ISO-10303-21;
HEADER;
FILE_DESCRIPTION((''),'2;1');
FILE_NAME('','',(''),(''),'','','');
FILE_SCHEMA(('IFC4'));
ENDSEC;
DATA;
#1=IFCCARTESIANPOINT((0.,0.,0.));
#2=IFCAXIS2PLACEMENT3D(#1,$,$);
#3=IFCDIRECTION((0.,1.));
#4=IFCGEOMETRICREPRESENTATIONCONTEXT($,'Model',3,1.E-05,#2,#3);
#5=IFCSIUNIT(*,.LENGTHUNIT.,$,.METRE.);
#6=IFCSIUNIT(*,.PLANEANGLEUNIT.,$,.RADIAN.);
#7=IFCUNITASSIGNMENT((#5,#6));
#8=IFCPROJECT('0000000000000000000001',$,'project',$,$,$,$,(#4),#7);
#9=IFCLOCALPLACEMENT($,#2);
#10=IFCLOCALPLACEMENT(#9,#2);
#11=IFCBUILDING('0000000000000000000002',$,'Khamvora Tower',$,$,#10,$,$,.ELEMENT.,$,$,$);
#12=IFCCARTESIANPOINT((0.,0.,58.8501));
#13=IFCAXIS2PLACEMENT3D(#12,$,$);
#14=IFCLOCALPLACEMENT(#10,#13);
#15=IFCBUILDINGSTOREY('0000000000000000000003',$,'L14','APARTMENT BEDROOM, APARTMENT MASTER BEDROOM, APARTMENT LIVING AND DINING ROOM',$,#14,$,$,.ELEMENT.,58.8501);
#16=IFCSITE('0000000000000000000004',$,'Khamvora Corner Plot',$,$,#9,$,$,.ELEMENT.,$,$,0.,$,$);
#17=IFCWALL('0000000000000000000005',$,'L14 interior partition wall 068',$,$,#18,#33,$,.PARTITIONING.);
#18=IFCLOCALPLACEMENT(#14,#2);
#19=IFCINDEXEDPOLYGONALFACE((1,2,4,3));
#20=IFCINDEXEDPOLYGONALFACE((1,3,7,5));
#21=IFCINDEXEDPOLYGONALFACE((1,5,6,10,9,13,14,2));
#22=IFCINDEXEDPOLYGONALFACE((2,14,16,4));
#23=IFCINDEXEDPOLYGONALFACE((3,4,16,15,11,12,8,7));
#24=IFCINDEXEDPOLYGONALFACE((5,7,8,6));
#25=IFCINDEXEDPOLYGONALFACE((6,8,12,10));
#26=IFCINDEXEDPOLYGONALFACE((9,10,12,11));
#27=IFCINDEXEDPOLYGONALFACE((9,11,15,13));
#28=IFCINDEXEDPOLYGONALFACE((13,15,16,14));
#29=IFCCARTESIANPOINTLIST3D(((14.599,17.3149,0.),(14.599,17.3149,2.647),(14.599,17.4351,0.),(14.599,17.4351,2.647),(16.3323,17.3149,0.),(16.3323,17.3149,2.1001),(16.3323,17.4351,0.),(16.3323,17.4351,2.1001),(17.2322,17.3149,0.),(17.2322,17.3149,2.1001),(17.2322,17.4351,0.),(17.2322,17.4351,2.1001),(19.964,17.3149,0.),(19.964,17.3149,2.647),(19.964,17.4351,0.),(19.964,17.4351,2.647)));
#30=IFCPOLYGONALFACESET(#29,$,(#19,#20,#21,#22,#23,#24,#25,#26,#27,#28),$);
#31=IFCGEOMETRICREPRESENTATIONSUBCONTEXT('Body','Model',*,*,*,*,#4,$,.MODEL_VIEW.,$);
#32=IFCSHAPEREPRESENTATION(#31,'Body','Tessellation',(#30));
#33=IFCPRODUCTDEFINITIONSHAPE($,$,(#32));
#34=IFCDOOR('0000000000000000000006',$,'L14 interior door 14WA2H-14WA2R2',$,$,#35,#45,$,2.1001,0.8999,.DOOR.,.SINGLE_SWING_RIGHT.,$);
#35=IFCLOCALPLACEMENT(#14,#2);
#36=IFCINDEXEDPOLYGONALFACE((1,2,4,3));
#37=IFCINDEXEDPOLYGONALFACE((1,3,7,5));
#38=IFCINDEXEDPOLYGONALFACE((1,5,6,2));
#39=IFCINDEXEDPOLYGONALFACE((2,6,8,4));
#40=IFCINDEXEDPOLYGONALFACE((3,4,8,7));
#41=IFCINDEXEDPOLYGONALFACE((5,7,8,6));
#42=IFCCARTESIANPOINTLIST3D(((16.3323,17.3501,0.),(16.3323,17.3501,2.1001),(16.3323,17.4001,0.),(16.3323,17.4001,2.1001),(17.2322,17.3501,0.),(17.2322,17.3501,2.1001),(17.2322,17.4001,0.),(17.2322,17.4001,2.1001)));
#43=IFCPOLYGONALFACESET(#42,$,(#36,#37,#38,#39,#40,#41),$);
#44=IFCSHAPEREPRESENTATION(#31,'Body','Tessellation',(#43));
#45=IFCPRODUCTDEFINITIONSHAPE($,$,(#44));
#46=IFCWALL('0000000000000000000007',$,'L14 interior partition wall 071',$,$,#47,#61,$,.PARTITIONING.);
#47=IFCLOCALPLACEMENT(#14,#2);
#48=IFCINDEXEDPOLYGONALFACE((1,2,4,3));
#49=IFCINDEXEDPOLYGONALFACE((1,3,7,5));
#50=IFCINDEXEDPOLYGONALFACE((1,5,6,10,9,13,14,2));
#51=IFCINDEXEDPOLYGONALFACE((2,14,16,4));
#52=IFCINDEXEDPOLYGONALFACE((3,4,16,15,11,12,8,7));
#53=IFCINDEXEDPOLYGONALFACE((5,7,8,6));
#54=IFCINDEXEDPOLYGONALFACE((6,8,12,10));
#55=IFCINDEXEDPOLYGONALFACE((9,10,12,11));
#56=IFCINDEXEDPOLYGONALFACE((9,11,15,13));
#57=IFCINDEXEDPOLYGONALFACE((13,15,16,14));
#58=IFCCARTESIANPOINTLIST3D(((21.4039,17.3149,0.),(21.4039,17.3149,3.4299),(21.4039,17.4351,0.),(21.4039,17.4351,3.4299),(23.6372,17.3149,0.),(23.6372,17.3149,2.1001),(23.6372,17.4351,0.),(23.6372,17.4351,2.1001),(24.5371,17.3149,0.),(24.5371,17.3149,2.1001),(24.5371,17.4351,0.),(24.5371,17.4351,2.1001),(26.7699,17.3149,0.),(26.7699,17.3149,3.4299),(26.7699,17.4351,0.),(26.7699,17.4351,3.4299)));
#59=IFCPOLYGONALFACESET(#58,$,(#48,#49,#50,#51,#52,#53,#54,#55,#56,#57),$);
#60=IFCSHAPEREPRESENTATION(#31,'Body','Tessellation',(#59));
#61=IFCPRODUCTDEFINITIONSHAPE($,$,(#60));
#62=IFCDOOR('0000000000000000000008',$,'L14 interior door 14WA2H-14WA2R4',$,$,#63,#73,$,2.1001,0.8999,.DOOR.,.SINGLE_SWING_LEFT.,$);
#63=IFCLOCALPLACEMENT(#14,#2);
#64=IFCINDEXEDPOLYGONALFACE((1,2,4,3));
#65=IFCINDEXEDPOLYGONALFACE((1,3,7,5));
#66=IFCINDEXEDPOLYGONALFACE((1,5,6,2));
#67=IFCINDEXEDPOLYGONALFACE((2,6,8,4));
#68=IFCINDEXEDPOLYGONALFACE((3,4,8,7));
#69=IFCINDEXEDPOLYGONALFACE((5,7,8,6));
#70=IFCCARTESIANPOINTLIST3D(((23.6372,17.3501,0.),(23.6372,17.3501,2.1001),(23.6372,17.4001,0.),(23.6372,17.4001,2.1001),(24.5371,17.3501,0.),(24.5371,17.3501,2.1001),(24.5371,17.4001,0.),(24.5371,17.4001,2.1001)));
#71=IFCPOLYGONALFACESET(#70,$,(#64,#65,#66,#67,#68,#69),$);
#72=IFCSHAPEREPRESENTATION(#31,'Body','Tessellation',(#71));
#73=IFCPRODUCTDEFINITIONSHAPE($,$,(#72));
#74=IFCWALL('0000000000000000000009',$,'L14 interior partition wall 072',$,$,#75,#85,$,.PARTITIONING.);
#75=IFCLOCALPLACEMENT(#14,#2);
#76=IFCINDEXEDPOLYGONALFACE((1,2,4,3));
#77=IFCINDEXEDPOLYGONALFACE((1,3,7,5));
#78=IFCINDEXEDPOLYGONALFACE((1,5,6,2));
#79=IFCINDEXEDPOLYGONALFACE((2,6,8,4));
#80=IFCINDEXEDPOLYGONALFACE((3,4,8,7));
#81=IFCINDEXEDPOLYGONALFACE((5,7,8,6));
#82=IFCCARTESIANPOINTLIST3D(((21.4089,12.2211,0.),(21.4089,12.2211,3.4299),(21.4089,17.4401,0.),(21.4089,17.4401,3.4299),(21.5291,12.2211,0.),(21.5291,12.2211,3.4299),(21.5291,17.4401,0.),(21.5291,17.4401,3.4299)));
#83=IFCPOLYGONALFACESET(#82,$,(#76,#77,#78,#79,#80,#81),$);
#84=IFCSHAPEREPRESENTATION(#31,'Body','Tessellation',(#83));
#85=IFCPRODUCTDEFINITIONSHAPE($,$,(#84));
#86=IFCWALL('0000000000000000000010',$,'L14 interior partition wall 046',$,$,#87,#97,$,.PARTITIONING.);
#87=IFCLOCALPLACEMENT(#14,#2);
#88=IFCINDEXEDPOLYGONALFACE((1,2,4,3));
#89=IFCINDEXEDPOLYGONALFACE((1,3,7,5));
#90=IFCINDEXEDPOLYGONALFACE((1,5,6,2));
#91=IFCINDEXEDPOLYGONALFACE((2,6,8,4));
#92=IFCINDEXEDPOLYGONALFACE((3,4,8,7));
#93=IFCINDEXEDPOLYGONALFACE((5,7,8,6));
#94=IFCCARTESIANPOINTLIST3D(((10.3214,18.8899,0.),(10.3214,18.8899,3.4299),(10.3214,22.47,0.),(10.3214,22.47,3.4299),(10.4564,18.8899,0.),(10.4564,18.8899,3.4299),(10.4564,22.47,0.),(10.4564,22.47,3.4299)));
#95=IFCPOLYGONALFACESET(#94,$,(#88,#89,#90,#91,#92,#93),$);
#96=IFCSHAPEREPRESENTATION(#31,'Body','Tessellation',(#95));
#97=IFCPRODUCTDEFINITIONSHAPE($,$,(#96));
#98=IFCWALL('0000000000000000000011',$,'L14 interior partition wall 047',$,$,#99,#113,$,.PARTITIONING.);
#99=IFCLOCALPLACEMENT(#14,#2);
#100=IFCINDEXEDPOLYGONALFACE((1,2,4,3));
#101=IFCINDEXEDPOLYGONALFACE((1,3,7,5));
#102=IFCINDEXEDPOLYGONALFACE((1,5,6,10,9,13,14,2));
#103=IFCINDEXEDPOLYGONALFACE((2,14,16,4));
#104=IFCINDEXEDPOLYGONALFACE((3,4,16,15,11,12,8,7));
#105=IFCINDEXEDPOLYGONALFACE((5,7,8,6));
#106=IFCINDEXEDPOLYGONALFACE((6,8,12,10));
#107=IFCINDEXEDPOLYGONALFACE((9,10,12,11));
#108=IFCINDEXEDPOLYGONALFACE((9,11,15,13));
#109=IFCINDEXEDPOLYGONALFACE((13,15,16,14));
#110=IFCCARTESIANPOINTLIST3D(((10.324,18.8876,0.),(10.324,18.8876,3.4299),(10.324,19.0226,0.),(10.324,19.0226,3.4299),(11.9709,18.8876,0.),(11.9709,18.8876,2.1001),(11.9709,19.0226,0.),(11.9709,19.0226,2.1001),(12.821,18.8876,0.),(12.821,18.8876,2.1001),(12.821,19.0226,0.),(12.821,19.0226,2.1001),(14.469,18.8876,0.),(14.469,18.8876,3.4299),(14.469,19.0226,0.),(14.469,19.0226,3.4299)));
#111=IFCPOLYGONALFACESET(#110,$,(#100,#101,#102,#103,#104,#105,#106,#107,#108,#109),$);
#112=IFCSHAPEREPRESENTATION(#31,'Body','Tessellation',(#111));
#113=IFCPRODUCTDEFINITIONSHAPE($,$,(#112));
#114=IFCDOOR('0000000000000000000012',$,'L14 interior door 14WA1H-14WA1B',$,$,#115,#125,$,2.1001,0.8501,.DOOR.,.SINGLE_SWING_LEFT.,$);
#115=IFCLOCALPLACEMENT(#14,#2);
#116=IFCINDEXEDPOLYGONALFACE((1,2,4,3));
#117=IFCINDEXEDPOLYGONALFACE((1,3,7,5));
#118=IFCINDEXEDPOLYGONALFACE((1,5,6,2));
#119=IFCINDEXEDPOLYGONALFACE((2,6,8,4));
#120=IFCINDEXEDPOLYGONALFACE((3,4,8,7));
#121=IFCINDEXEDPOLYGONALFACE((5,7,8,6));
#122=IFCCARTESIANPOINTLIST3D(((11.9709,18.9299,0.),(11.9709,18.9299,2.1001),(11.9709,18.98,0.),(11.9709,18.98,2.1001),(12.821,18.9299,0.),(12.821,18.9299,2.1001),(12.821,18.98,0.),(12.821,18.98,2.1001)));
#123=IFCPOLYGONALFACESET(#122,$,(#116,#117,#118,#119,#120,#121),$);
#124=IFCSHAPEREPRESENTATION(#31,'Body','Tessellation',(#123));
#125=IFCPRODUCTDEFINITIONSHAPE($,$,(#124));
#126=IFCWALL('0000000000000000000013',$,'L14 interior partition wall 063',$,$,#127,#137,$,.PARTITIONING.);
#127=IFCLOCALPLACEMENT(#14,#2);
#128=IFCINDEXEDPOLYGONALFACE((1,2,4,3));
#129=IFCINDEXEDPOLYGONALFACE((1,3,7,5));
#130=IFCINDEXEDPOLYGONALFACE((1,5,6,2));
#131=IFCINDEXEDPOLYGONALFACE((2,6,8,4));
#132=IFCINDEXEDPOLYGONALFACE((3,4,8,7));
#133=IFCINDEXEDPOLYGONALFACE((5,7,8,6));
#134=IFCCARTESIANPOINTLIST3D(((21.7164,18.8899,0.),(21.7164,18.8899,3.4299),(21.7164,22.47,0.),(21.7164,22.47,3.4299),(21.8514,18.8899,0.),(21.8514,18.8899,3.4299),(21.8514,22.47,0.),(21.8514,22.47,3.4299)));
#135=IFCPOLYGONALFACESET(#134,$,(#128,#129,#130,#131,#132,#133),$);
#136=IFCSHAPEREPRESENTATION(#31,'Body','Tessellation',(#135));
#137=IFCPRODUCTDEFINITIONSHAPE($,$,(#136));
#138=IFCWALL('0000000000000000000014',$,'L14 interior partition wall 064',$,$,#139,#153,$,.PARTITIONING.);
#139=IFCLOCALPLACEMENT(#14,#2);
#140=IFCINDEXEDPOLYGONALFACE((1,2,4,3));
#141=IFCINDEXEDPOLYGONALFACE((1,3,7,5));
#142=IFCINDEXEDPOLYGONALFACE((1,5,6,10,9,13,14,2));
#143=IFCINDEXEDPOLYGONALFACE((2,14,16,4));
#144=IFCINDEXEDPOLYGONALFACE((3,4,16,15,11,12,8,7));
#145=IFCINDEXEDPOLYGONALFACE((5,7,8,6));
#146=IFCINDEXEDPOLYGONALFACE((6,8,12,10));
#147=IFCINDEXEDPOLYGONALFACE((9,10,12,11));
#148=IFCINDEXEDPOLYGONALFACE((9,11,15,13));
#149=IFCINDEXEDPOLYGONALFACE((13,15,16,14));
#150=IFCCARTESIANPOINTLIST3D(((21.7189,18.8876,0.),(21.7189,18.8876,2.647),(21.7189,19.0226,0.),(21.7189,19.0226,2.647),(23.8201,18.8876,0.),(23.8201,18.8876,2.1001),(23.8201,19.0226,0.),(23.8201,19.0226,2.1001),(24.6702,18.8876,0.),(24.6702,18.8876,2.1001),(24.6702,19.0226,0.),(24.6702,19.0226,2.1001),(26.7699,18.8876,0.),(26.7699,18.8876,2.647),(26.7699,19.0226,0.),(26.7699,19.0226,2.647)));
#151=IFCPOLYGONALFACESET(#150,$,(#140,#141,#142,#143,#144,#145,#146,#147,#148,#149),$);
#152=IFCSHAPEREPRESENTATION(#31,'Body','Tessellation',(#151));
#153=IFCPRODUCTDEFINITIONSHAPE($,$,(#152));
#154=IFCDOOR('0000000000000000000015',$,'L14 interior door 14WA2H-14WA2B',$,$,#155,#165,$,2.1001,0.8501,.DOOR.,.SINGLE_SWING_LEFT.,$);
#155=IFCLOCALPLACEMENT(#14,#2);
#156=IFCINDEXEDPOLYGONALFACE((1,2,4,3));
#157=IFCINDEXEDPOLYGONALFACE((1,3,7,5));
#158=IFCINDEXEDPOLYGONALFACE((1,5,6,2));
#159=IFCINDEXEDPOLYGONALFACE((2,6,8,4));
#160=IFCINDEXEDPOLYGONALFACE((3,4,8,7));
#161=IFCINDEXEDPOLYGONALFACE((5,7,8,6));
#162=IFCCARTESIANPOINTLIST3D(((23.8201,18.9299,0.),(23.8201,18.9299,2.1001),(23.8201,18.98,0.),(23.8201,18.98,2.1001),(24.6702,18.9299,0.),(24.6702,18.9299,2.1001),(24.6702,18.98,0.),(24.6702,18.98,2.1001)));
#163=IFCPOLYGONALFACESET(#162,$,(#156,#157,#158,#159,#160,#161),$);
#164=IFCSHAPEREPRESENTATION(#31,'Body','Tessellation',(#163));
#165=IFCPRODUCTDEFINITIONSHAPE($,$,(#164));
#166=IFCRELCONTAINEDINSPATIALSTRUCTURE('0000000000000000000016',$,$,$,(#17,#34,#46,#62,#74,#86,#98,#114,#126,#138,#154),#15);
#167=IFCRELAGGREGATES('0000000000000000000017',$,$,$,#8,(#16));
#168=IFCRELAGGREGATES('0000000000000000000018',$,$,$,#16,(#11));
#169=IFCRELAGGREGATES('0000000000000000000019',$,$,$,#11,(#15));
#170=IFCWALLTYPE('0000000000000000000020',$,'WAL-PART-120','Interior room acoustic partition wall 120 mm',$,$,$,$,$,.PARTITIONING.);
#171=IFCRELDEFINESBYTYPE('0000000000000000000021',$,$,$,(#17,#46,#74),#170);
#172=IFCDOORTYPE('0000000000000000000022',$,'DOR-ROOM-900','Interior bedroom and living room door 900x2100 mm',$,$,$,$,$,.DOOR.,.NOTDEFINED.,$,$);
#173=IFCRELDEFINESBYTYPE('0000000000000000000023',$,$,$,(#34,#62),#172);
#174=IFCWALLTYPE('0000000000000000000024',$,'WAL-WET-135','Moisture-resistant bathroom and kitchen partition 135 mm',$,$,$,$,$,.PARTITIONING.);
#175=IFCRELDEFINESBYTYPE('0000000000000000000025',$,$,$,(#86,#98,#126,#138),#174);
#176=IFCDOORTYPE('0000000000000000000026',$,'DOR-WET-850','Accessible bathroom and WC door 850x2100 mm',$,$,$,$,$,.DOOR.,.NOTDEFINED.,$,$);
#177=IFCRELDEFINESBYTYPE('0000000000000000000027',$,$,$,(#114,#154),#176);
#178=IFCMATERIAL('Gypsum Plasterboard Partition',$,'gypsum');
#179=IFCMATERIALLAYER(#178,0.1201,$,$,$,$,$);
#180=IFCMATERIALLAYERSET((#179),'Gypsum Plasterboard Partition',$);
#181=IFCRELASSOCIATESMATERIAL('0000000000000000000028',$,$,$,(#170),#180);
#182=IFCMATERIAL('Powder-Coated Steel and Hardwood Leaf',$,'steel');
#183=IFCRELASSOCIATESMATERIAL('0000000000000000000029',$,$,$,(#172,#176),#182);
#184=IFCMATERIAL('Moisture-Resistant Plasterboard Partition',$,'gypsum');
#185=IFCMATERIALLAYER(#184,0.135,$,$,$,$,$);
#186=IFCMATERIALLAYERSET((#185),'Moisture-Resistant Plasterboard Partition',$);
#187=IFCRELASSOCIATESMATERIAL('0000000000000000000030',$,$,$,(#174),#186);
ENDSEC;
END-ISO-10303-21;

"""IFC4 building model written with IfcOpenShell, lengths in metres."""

from ifc_helpers import new_model, si_unit, direction, frame, frame_2d, origin, place, context, subcontext, project, spatial, rectangle, extrude, material, layer, layer_set, type_object, element, fill, save


model = new_model("IFC4")

# Units and contexts
model_context = context("Model", 3, precision=1e-05, world=origin(), true_north=direction((0.0, 1.0)))
body_context = subcontext(model_context, "Body", "Model", "MODEL_VIEW")
ifc_project = project(units=[si_unit("LENGTHUNIT", "METRE"), si_unit("PLANEANGLEUNIT", "RADIAN")], contexts=[model_context])

# Site, building, storey
site_placement = place(None, origin())
site = spatial("IfcSite", under=ifc_project, at=site_placement, Name="Khamvora Corner Plot", CompositionType="ELEMENT", RefElevation=0.0)
building_placement = place(site_placement, origin())
building = spatial("IfcBuilding", under=site, at=building_placement, Name="Khamvora Tower", CompositionType="ELEMENT")
storey_placement = place(building_placement, frame((0.0, 0.0, 58.8501)))
storey = spatial("IfcBuildingStorey", under=building, at=storey_placement, Name="L14", Description="APARTMENT BEDROOM, APARTMENT MASTER BEDROOM, APARTMENT LIVING AND DINING ROOM", CompositionType="ELEMENT", Elevation=58.8501)

# Shared definitions
ifc_material_1 = material(Name="Powder-Coated Steel and Hardwood Leaf", Category="steel")

# Walls, openings, doors
ifc_material_2 = material(Name="Gypsum Plasterboard Partition", Category="gypsum")
ifc_layer_1 = layer(ifc_material_2, 0.1201)
ifc_layer_set_1 = layer_set([ifc_layer_1], Name="Gypsum Plasterboard Partition")
wall_type_1 = type_object("IfcWallType", Name="WAL-PART-120", Description="Interior room acoustic partition wall 120 mm", PredefinedType="PARTITIONING", material=ifc_layer_set_1)
wall_1_placement = place(storey_placement, frame((19.9641, 17.375, 0.0), z_axis=(0.0, 0.0, 1.0), x_axis=(-1.0, 0.0, 0.0)))
wall_1 = element("IfcWall", 1, at=wall_1_placement, inside=storey, type_object=wall_type_1, Name="L14 interior partition wall 068", PredefinedType="PARTITIONING", context=body_context, shape_type="SweptSolid", body=[
    extrude(rectangle(XDim=5.365, YDim=0.1201, at=frame_2d((2.6826, 0.0))), origin(), (0.0, 0.0, 1.0), 2.647),
])
opening_1_placement = place(wall_1_placement, frame((2.7319, 0.0, 0.0)))
opening_1 = element("IfcOpeningElement", 2, at=opening_1_placement, cuts=wall_1, PredefinedType="OPENING", context=body_context, shape_type="SweptSolid", body=[
    extrude(rectangle(XDim=0.8999, YDim=2.1001, at=frame_2d((0.45, 1.05))), frame((0.0, 0.0701, 0.0), z_axis=(0.0, -1.0, 0.0), x_axis=(1.0, 0.0, 0.0)), (0.0, 0.0, 1.0), 0.1401),
])
door_type_1 = type_object("IfcDoorType", Name="DOR-ROOM-900", Description="Interior bedroom and living room door 900x2100 mm", OperationType="NOTDEFINED", PredefinedType="DOOR", material=ifc_material_1)
door_1_placement = place(opening_1_placement, origin())
door_1 = element("IfcDoor", 3, at=door_1_placement, inside=storey, type_object=door_type_1, Name="L14 interior door 14WA2H-14WA2R2", OperationType="SINGLE_SWING_RIGHT", OverallHeight=2.1001, OverallWidth=0.8999, PredefinedType="DOOR", context=body_context, shape_type="SweptSolid", body=[
    extrude(rectangle(XDim=0.8999, YDim=2.1001, at=frame_2d((0.45, 1.05))), frame((0.0, 0.0249, 0.0), z_axis=(0.0, -1.0, 0.0), x_axis=(1.0, 0.0, 0.0)), (0.0, 0.0, 1.0), 0.05),
])
fill(opening_1, door_1)
wall_2_placement = place(storey_placement, frame((26.77, 17.375, 0.0), z_axis=(0.0, 0.0, 1.0), x_axis=(-1.0, 0.0, 0.0)))
wall_2 = element("IfcWall", 4, at=wall_2_placement, inside=storey, type_object=wall_type_1, Name="L14 interior partition wall 071", PredefinedType="PARTITIONING", context=body_context, shape_type="SweptSolid", body=[
    extrude(rectangle(XDim=5.366, YDim=0.1201, at=frame_2d((2.6831, 0.0))), origin(), (0.0, 0.0, 1.0), 3.4299),
])
opening_2_placement = place(wall_2_placement, frame((2.2329, 0.0, 0.0)))
opening_2 = element("IfcOpeningElement", 5, at=opening_2_placement, cuts=wall_2, PredefinedType="OPENING", context=body_context, shape_type="SweptSolid", body=[
    extrude(rectangle(XDim=0.8999, YDim=2.1001, at=frame_2d((0.45, 1.05))), frame((0.0, 0.0701, 0.0), z_axis=(0.0, -1.0, 0.0), x_axis=(1.0, 0.0, 0.0)), (0.0, 0.0, 1.0), 0.1401),
])
door_2_placement = place(opening_2_placement, origin())
door_2 = element("IfcDoor", 6, at=door_2_placement, inside=storey, type_object=door_type_1, Name="L14 interior door 14WA2H-14WA2R4", OperationType="SINGLE_SWING_LEFT", OverallHeight=2.1001, OverallWidth=0.8999, PredefinedType="DOOR", context=body_context, shape_type="SweptSolid", body=[
    extrude(rectangle(XDim=0.8999, YDim=2.1001, at=frame_2d((0.45, 1.05))), frame((0.0, 0.0249, 0.0), z_axis=(0.0, -1.0, 0.0), x_axis=(1.0, 0.0, 0.0)), (0.0, 0.0, 1.0), 0.05),
])
fill(opening_2, door_2)

# Walls
wall_3_placement = place(storey_placement, frame((21.469, 17.4399, 0.0), z_axis=(0.0, 0.0, 1.0), x_axis=(0.0, -1.0, 0.0)))
element("IfcWall", 7, at=wall_3_placement, inside=storey, type_object=wall_type_1, Name="L14 interior partition wall 072", PredefinedType="PARTITIONING", context=body_context, shape_type="SweptSolid", body=[
    extrude(rectangle(XDim=5.219, YDim=0.1201, at=frame_2d((2.6094, 0.0))), origin(), (0.0, 0.0, 1.0), 3.4299),
])
ifc_material_3 = material(Name="Moisture-Resistant Plasterboard Partition", Category="gypsum")
ifc_layer_2 = layer(ifc_material_3, 0.135)
ifc_layer_set_2 = layer_set([ifc_layer_2], Name="Moisture-Resistant Plasterboard Partition")
wall_type_2 = type_object("IfcWallType", Name="WAL-WET-135", Description="Moisture-resistant bathroom and kitchen partition 135 mm", PredefinedType="PARTITIONING", material=ifc_layer_set_2)
wall_4_placement = place(storey_placement, frame((10.3889, 22.47, 0.0), z_axis=(0.0, 0.0, 1.0), x_axis=(0.0, -1.0, 0.0)))
element("IfcWall", 8, at=wall_4_placement, inside=storey, type_object=wall_type_2, Name="L14 interior partition wall 046", PredefinedType="PARTITIONING", context=body_context, shape_type="SweptSolid", body=[
    extrude(rectangle(XDim=3.5801, YDim=0.135, at=frame_2d((1.79, 0.0))), origin(), (0.0, 0.0, 1.0), 3.4299),
])

# Wall, opening, door
wall_5_placement = place(storey_placement, frame((10.324, 18.9551, 0.0), z_axis=(0.0, 0.0, 1.0), x_axis=(1.0, 0.0, 0.0)))
wall_5 = element("IfcWall", 9, at=wall_5_placement, inside=storey, type_object=wall_type_2, Name="L14 interior partition wall 047", PredefinedType="PARTITIONING", context=body_context, shape_type="SweptSolid", body=[
    extrude(rectangle(XDim=4.145, YDim=0.135, at=frame_2d((2.0725, 0.0))), origin(), (0.0, 0.0, 1.0), 3.4299),
])
opening_3_placement = place(wall_5_placement, frame((1.647, 0.0, 0.0)))
opening_3 = element("IfcOpeningElement", 10, at=opening_3_placement, cuts=wall_5, PredefinedType="OPENING", context=body_context, shape_type="SweptSolid", body=[
    extrude(rectangle(XDim=0.8501, YDim=2.1001, at=frame_2d((0.425, 1.05))), frame((0.0, 0.0774, 0.0), z_axis=(0.0, -1.0, 0.0), x_axis=(1.0, 0.0, 0.0)), (0.0, 0.0, 1.0), 0.155),
])
door_type_2 = type_object("IfcDoorType", Name="DOR-WET-850", Description="Accessible bathroom and WC door 850x2100 mm", OperationType="NOTDEFINED", PredefinedType="DOOR", material=ifc_material_1)
door_3_placement = place(opening_3_placement, origin())
door_3 = element("IfcDoor", 11, at=door_3_placement, inside=storey, type_object=door_type_2, Name="L14 interior door 14WA1H-14WA1B", OperationType="SINGLE_SWING_LEFT", OverallHeight=2.1001, OverallWidth=0.8501, PredefinedType="DOOR", context=body_context, shape_type="SweptSolid", body=[
    extrude(rectangle(XDim=0.8501, YDim=2.1001, at=frame_2d((0.425, 1.05))), frame((0.0, 0.0249, 0.0), z_axis=(0.0, -1.0, 0.0), x_axis=(1.0, 0.0, 0.0)), (0.0, 0.0, 1.0), 0.05),
])
fill(opening_3, door_3)

# Wall
wall_6_placement = place(storey_placement, frame((21.7839, 22.47, 0.0), z_axis=(0.0, 0.0, 1.0), x_axis=(0.0, -1.0, 0.0)))
element("IfcWall", 12, at=wall_6_placement, inside=storey, type_object=wall_type_2, Name="L14 interior partition wall 063", PredefinedType="PARTITIONING", context=body_context, shape_type="SweptSolid", body=[
    extrude(rectangle(XDim=3.5801, YDim=0.135, at=frame_2d((1.79, 0.0))), origin(), (0.0, 0.0, 1.0), 3.4299),
])

# Wall, opening, door
wall_7_placement = place(storey_placement, frame((21.719, 18.9551, 0.0), z_axis=(0.0, 0.0, 1.0), x_axis=(1.0, 0.0, 0.0)))
wall_7 = element("IfcWall", 13, at=wall_7_placement, inside=storey, type_object=wall_type_2, Name="L14 interior partition wall 064", PredefinedType="PARTITIONING", context=body_context, shape_type="SweptSolid", body=[
    extrude(rectangle(XDim=5.051, YDim=0.135, at=frame_2d((2.5254, 0.0))), origin(), (0.0, 0.0, 1.0), 2.647),
])
opening_4_placement = place(wall_7_placement, frame((2.1011, 0.0, 0.0)))
opening_4 = element("IfcOpeningElement", 14, at=opening_4_placement, cuts=wall_7, PredefinedType="OPENING", context=body_context, shape_type="SweptSolid", body=[
    extrude(rectangle(XDim=0.8501, YDim=2.1001, at=frame_2d((0.425, 1.05))), frame((0.0, 0.0774, 0.0), z_axis=(0.0, -1.0, 0.0), x_axis=(1.0, 0.0, 0.0)), (0.0, 0.0, 1.0), 0.155),
])
door_4_placement = place(opening_4_placement, origin())
door_4 = element("IfcDoor", 15, at=door_4_placement, inside=storey, type_object=door_type_2, Name="L14 interior door 14WA2H-14WA2B", OperationType="SINGLE_SWING_LEFT", OverallHeight=2.1001, OverallWidth=0.8501, PredefinedType="DOOR", context=body_context, shape_type="SweptSolid", body=[
    extrude(rectangle(XDim=0.8501, YDim=2.1001, at=frame_2d((0.425, 1.05))), frame((0.0, 0.0249, 0.0), z_axis=(0.0, -1.0, 0.0), x_axis=(1.0, 0.0, 0.0)), (0.0, 0.0, 1.0), 0.05),
])
fill(opening_4, door_4)

save(model, "model.ifc")
